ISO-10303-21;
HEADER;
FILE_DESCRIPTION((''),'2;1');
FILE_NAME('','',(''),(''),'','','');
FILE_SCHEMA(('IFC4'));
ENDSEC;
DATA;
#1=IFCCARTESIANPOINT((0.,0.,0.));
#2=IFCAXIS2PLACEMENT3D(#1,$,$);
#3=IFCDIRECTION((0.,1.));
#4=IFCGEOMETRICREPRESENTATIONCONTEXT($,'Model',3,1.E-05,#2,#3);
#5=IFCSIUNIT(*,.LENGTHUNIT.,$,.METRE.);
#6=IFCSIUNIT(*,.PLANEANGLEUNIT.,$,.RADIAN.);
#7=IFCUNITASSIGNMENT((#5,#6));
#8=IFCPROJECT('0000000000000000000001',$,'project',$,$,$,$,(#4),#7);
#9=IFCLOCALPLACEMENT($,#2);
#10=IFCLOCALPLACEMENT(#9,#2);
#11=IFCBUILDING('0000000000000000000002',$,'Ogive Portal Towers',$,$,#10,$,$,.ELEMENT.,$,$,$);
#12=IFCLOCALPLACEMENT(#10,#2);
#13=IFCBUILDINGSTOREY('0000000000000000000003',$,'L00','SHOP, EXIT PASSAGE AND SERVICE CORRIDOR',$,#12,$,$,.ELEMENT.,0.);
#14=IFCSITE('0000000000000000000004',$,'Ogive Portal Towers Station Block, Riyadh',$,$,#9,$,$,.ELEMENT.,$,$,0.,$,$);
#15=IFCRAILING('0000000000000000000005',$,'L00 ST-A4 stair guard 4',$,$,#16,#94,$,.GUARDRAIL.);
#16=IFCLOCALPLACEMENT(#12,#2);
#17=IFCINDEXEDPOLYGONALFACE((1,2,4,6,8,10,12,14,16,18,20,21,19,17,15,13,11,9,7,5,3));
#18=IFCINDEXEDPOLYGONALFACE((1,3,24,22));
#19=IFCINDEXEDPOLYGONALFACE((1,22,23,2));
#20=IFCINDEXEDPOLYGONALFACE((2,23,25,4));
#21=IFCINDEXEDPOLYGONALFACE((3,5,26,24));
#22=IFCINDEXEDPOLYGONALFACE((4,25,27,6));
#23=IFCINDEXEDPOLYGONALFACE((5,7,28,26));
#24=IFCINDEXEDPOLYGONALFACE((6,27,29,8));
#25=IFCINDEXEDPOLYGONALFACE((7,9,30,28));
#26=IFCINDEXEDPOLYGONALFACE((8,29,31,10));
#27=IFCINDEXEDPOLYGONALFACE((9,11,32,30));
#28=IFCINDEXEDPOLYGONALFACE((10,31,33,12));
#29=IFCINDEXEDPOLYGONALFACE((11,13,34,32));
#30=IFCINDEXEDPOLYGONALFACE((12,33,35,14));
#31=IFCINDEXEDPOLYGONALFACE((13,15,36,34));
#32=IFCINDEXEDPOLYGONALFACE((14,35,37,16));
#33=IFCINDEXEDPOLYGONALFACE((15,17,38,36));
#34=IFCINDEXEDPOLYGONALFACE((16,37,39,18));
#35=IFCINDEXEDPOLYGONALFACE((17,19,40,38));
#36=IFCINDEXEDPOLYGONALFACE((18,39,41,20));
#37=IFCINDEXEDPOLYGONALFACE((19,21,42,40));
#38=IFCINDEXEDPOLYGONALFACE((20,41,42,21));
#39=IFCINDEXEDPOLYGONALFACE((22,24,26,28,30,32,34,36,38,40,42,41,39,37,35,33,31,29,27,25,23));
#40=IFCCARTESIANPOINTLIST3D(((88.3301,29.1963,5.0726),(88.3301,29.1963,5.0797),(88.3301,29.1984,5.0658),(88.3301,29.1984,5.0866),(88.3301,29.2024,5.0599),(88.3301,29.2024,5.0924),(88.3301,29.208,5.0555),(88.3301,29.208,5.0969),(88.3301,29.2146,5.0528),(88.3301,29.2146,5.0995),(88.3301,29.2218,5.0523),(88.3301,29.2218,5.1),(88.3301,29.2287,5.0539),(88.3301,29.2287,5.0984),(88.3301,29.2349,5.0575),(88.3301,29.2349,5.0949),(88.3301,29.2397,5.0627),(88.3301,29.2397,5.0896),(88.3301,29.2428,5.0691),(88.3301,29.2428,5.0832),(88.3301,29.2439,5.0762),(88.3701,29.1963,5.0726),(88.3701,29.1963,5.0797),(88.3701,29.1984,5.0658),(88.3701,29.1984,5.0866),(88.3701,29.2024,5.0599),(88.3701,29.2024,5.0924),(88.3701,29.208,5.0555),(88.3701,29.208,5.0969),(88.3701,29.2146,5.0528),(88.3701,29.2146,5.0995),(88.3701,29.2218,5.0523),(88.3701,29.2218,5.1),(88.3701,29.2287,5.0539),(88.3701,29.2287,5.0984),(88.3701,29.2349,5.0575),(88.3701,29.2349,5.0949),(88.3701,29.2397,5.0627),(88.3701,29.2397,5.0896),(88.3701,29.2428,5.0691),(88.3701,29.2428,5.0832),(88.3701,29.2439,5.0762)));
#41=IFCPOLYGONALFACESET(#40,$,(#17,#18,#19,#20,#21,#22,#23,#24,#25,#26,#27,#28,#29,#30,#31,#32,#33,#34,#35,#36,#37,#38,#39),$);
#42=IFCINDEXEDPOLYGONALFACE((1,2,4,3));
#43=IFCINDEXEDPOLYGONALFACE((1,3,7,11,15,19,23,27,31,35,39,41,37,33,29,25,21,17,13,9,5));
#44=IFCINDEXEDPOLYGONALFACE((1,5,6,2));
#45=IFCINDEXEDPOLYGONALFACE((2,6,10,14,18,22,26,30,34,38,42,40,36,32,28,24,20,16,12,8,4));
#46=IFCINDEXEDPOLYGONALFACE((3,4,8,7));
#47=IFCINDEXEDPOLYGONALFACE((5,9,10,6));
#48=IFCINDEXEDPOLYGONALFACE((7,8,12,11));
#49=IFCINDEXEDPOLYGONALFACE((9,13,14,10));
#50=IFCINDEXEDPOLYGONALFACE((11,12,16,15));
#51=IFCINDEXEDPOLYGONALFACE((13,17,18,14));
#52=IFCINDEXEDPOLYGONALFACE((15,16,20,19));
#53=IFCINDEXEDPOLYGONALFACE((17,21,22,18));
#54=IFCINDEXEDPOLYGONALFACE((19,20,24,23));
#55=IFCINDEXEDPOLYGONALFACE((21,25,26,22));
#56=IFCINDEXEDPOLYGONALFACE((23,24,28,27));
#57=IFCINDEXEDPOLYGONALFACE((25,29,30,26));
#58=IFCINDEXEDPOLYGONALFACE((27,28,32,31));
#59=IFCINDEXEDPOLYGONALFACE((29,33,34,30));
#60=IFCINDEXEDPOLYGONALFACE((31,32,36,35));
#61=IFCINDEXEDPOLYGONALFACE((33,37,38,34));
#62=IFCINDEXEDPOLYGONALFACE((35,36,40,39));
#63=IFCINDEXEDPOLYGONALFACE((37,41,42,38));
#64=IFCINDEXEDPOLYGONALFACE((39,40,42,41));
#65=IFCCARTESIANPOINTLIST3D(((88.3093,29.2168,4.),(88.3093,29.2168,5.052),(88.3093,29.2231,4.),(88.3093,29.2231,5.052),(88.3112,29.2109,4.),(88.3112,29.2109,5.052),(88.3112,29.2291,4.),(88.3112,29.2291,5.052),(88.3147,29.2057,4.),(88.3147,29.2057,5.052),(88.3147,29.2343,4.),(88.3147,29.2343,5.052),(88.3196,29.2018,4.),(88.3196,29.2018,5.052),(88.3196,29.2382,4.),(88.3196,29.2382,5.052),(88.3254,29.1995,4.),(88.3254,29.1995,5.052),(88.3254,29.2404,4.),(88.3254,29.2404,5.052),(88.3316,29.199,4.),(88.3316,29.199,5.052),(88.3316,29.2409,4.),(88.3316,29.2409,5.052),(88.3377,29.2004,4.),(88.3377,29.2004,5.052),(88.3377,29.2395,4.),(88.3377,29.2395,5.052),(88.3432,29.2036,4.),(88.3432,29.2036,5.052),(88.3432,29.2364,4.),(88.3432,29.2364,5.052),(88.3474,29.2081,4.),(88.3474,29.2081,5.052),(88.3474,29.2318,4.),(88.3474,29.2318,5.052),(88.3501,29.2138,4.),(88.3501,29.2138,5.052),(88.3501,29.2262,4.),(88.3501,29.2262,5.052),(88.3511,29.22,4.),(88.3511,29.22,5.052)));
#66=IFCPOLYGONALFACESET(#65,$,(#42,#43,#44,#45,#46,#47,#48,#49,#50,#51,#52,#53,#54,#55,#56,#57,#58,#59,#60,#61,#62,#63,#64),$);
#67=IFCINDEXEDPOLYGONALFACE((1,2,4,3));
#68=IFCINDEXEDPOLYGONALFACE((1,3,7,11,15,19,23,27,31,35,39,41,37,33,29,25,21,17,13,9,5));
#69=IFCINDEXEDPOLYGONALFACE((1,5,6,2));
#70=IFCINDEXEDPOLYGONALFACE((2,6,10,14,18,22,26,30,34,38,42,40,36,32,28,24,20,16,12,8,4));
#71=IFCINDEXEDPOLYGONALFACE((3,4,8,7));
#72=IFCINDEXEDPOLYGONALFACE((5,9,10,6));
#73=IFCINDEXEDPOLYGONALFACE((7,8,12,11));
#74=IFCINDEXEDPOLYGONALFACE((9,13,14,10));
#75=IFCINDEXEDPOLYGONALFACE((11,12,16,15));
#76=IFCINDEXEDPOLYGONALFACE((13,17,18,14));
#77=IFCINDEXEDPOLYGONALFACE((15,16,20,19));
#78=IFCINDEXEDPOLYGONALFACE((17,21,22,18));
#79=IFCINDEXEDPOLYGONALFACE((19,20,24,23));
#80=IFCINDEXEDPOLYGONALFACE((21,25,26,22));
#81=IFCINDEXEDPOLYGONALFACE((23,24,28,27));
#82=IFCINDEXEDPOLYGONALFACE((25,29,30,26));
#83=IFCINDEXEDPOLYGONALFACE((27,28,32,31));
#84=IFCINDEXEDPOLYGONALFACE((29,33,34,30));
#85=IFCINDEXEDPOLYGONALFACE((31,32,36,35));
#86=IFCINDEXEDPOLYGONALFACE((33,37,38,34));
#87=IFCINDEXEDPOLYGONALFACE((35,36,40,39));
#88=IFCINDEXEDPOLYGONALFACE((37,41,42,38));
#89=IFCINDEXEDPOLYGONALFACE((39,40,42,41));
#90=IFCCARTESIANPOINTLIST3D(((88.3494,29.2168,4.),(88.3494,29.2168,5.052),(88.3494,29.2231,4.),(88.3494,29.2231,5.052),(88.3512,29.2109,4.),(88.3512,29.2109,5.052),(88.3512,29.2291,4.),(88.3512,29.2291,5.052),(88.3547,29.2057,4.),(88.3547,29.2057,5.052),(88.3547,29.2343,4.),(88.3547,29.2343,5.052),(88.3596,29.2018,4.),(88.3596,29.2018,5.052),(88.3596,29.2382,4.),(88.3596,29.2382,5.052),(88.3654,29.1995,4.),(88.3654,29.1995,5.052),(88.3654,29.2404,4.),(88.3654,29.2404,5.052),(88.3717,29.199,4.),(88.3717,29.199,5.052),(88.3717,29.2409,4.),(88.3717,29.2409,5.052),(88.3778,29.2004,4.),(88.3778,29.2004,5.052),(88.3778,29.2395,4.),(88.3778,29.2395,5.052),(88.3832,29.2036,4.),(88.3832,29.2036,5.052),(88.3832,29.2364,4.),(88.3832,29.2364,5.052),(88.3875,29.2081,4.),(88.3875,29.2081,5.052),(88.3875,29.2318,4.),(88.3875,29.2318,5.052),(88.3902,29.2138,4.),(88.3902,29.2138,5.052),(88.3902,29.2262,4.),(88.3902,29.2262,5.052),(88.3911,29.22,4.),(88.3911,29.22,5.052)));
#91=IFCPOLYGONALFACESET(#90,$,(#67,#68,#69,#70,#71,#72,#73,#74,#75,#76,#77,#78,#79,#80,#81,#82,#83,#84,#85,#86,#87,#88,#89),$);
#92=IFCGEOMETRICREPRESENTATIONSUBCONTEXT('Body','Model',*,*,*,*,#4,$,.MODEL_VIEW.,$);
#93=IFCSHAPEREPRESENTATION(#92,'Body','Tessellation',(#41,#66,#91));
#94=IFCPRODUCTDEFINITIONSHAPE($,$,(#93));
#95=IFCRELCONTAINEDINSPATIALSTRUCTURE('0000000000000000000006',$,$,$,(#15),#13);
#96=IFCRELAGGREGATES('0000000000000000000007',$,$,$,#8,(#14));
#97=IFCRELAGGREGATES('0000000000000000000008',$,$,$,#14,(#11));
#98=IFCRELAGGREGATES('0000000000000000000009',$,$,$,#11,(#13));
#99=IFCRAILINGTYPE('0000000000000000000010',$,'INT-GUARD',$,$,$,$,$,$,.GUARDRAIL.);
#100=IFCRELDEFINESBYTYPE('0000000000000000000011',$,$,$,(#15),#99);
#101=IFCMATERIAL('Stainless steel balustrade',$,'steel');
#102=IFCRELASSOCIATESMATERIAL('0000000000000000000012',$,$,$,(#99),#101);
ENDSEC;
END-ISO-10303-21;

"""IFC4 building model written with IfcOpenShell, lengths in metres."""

from ifc_helpers import new_model, si_unit, direction, frame, origin, origin_2d, place, context, subcontext, project, spatial, circle, extrude, material, type_object, element, save


model = new_model("IFC4")

# Units and contexts
model_context = context("Model", 3, precision=1e-05, world=origin(), true_north=direction((0.0, 1.0)))
body_context = subcontext(model_context, "Body", "Model", "MODEL_VIEW")
ifc_project = project(units=[si_unit("LENGTHUNIT", "METRE"), si_unit("PLANEANGLEUNIT", "RADIAN")], contexts=[model_context])

# Site, building, storey
site_placement = place(None, origin())
site = spatial("IfcSite", under=ifc_project, at=site_placement, Name="Ogive Portal Towers Station Block, Riyadh", CompositionType="ELEMENT", RefElevation=0.0)
building_placement = place(site_placement, origin())
building = spatial("IfcBuilding", under=site, at=building_placement, Name="Ogive Portal Towers", CompositionType="ELEMENT")
storey_placement = place(building_placement, origin())
storey = spatial("IfcBuildingStorey", under=building, at=storey_placement, Name="L00", Description="SHOP, EXIT PASSAGE AND SERVICE CORRIDOR", CompositionType="ELEMENT", Elevation=0.0)

# Railing
ifc_material_1 = material(Name="Stainless steel balustrade", Category="steel")
railing_type_1 = type_object("IfcRailingType", Name="INT-GUARD", PredefinedType="GUARDRAIL", material=ifc_material_1)
railing_1_placement = place(storey_placement, frame((88.3301, 29.22, 4.0)))
element("IfcRailing", 1, at=railing_1_placement, inside=storey, type_object=railing_type_1, Name="L00 ST-A4 stair guard 4", PredefinedType="GUARDRAIL", context=body_context, shape_type="SweptSolid", body=[
    extrude(circle(Radius=0.0239, at=origin_2d()), frame((0.0, 0.0, 1.0762), z_axis=(1.0, 0.0, 0.0), x_axis=(0.0, 1.0, 0.0)), (0.0, 0.0, 1.0), 0.04),
    extrude(circle(Radius=0.021, at=origin_2d()), origin(), (0.0, 0.0, 1.0), 1.052),
    extrude(circle(Radius=0.021, at=origin_2d()), frame((0.04, 0.0, 0.0)), (0.0, 0.0, 1.0), 1.052),
])

save(model, "model.ifc")
